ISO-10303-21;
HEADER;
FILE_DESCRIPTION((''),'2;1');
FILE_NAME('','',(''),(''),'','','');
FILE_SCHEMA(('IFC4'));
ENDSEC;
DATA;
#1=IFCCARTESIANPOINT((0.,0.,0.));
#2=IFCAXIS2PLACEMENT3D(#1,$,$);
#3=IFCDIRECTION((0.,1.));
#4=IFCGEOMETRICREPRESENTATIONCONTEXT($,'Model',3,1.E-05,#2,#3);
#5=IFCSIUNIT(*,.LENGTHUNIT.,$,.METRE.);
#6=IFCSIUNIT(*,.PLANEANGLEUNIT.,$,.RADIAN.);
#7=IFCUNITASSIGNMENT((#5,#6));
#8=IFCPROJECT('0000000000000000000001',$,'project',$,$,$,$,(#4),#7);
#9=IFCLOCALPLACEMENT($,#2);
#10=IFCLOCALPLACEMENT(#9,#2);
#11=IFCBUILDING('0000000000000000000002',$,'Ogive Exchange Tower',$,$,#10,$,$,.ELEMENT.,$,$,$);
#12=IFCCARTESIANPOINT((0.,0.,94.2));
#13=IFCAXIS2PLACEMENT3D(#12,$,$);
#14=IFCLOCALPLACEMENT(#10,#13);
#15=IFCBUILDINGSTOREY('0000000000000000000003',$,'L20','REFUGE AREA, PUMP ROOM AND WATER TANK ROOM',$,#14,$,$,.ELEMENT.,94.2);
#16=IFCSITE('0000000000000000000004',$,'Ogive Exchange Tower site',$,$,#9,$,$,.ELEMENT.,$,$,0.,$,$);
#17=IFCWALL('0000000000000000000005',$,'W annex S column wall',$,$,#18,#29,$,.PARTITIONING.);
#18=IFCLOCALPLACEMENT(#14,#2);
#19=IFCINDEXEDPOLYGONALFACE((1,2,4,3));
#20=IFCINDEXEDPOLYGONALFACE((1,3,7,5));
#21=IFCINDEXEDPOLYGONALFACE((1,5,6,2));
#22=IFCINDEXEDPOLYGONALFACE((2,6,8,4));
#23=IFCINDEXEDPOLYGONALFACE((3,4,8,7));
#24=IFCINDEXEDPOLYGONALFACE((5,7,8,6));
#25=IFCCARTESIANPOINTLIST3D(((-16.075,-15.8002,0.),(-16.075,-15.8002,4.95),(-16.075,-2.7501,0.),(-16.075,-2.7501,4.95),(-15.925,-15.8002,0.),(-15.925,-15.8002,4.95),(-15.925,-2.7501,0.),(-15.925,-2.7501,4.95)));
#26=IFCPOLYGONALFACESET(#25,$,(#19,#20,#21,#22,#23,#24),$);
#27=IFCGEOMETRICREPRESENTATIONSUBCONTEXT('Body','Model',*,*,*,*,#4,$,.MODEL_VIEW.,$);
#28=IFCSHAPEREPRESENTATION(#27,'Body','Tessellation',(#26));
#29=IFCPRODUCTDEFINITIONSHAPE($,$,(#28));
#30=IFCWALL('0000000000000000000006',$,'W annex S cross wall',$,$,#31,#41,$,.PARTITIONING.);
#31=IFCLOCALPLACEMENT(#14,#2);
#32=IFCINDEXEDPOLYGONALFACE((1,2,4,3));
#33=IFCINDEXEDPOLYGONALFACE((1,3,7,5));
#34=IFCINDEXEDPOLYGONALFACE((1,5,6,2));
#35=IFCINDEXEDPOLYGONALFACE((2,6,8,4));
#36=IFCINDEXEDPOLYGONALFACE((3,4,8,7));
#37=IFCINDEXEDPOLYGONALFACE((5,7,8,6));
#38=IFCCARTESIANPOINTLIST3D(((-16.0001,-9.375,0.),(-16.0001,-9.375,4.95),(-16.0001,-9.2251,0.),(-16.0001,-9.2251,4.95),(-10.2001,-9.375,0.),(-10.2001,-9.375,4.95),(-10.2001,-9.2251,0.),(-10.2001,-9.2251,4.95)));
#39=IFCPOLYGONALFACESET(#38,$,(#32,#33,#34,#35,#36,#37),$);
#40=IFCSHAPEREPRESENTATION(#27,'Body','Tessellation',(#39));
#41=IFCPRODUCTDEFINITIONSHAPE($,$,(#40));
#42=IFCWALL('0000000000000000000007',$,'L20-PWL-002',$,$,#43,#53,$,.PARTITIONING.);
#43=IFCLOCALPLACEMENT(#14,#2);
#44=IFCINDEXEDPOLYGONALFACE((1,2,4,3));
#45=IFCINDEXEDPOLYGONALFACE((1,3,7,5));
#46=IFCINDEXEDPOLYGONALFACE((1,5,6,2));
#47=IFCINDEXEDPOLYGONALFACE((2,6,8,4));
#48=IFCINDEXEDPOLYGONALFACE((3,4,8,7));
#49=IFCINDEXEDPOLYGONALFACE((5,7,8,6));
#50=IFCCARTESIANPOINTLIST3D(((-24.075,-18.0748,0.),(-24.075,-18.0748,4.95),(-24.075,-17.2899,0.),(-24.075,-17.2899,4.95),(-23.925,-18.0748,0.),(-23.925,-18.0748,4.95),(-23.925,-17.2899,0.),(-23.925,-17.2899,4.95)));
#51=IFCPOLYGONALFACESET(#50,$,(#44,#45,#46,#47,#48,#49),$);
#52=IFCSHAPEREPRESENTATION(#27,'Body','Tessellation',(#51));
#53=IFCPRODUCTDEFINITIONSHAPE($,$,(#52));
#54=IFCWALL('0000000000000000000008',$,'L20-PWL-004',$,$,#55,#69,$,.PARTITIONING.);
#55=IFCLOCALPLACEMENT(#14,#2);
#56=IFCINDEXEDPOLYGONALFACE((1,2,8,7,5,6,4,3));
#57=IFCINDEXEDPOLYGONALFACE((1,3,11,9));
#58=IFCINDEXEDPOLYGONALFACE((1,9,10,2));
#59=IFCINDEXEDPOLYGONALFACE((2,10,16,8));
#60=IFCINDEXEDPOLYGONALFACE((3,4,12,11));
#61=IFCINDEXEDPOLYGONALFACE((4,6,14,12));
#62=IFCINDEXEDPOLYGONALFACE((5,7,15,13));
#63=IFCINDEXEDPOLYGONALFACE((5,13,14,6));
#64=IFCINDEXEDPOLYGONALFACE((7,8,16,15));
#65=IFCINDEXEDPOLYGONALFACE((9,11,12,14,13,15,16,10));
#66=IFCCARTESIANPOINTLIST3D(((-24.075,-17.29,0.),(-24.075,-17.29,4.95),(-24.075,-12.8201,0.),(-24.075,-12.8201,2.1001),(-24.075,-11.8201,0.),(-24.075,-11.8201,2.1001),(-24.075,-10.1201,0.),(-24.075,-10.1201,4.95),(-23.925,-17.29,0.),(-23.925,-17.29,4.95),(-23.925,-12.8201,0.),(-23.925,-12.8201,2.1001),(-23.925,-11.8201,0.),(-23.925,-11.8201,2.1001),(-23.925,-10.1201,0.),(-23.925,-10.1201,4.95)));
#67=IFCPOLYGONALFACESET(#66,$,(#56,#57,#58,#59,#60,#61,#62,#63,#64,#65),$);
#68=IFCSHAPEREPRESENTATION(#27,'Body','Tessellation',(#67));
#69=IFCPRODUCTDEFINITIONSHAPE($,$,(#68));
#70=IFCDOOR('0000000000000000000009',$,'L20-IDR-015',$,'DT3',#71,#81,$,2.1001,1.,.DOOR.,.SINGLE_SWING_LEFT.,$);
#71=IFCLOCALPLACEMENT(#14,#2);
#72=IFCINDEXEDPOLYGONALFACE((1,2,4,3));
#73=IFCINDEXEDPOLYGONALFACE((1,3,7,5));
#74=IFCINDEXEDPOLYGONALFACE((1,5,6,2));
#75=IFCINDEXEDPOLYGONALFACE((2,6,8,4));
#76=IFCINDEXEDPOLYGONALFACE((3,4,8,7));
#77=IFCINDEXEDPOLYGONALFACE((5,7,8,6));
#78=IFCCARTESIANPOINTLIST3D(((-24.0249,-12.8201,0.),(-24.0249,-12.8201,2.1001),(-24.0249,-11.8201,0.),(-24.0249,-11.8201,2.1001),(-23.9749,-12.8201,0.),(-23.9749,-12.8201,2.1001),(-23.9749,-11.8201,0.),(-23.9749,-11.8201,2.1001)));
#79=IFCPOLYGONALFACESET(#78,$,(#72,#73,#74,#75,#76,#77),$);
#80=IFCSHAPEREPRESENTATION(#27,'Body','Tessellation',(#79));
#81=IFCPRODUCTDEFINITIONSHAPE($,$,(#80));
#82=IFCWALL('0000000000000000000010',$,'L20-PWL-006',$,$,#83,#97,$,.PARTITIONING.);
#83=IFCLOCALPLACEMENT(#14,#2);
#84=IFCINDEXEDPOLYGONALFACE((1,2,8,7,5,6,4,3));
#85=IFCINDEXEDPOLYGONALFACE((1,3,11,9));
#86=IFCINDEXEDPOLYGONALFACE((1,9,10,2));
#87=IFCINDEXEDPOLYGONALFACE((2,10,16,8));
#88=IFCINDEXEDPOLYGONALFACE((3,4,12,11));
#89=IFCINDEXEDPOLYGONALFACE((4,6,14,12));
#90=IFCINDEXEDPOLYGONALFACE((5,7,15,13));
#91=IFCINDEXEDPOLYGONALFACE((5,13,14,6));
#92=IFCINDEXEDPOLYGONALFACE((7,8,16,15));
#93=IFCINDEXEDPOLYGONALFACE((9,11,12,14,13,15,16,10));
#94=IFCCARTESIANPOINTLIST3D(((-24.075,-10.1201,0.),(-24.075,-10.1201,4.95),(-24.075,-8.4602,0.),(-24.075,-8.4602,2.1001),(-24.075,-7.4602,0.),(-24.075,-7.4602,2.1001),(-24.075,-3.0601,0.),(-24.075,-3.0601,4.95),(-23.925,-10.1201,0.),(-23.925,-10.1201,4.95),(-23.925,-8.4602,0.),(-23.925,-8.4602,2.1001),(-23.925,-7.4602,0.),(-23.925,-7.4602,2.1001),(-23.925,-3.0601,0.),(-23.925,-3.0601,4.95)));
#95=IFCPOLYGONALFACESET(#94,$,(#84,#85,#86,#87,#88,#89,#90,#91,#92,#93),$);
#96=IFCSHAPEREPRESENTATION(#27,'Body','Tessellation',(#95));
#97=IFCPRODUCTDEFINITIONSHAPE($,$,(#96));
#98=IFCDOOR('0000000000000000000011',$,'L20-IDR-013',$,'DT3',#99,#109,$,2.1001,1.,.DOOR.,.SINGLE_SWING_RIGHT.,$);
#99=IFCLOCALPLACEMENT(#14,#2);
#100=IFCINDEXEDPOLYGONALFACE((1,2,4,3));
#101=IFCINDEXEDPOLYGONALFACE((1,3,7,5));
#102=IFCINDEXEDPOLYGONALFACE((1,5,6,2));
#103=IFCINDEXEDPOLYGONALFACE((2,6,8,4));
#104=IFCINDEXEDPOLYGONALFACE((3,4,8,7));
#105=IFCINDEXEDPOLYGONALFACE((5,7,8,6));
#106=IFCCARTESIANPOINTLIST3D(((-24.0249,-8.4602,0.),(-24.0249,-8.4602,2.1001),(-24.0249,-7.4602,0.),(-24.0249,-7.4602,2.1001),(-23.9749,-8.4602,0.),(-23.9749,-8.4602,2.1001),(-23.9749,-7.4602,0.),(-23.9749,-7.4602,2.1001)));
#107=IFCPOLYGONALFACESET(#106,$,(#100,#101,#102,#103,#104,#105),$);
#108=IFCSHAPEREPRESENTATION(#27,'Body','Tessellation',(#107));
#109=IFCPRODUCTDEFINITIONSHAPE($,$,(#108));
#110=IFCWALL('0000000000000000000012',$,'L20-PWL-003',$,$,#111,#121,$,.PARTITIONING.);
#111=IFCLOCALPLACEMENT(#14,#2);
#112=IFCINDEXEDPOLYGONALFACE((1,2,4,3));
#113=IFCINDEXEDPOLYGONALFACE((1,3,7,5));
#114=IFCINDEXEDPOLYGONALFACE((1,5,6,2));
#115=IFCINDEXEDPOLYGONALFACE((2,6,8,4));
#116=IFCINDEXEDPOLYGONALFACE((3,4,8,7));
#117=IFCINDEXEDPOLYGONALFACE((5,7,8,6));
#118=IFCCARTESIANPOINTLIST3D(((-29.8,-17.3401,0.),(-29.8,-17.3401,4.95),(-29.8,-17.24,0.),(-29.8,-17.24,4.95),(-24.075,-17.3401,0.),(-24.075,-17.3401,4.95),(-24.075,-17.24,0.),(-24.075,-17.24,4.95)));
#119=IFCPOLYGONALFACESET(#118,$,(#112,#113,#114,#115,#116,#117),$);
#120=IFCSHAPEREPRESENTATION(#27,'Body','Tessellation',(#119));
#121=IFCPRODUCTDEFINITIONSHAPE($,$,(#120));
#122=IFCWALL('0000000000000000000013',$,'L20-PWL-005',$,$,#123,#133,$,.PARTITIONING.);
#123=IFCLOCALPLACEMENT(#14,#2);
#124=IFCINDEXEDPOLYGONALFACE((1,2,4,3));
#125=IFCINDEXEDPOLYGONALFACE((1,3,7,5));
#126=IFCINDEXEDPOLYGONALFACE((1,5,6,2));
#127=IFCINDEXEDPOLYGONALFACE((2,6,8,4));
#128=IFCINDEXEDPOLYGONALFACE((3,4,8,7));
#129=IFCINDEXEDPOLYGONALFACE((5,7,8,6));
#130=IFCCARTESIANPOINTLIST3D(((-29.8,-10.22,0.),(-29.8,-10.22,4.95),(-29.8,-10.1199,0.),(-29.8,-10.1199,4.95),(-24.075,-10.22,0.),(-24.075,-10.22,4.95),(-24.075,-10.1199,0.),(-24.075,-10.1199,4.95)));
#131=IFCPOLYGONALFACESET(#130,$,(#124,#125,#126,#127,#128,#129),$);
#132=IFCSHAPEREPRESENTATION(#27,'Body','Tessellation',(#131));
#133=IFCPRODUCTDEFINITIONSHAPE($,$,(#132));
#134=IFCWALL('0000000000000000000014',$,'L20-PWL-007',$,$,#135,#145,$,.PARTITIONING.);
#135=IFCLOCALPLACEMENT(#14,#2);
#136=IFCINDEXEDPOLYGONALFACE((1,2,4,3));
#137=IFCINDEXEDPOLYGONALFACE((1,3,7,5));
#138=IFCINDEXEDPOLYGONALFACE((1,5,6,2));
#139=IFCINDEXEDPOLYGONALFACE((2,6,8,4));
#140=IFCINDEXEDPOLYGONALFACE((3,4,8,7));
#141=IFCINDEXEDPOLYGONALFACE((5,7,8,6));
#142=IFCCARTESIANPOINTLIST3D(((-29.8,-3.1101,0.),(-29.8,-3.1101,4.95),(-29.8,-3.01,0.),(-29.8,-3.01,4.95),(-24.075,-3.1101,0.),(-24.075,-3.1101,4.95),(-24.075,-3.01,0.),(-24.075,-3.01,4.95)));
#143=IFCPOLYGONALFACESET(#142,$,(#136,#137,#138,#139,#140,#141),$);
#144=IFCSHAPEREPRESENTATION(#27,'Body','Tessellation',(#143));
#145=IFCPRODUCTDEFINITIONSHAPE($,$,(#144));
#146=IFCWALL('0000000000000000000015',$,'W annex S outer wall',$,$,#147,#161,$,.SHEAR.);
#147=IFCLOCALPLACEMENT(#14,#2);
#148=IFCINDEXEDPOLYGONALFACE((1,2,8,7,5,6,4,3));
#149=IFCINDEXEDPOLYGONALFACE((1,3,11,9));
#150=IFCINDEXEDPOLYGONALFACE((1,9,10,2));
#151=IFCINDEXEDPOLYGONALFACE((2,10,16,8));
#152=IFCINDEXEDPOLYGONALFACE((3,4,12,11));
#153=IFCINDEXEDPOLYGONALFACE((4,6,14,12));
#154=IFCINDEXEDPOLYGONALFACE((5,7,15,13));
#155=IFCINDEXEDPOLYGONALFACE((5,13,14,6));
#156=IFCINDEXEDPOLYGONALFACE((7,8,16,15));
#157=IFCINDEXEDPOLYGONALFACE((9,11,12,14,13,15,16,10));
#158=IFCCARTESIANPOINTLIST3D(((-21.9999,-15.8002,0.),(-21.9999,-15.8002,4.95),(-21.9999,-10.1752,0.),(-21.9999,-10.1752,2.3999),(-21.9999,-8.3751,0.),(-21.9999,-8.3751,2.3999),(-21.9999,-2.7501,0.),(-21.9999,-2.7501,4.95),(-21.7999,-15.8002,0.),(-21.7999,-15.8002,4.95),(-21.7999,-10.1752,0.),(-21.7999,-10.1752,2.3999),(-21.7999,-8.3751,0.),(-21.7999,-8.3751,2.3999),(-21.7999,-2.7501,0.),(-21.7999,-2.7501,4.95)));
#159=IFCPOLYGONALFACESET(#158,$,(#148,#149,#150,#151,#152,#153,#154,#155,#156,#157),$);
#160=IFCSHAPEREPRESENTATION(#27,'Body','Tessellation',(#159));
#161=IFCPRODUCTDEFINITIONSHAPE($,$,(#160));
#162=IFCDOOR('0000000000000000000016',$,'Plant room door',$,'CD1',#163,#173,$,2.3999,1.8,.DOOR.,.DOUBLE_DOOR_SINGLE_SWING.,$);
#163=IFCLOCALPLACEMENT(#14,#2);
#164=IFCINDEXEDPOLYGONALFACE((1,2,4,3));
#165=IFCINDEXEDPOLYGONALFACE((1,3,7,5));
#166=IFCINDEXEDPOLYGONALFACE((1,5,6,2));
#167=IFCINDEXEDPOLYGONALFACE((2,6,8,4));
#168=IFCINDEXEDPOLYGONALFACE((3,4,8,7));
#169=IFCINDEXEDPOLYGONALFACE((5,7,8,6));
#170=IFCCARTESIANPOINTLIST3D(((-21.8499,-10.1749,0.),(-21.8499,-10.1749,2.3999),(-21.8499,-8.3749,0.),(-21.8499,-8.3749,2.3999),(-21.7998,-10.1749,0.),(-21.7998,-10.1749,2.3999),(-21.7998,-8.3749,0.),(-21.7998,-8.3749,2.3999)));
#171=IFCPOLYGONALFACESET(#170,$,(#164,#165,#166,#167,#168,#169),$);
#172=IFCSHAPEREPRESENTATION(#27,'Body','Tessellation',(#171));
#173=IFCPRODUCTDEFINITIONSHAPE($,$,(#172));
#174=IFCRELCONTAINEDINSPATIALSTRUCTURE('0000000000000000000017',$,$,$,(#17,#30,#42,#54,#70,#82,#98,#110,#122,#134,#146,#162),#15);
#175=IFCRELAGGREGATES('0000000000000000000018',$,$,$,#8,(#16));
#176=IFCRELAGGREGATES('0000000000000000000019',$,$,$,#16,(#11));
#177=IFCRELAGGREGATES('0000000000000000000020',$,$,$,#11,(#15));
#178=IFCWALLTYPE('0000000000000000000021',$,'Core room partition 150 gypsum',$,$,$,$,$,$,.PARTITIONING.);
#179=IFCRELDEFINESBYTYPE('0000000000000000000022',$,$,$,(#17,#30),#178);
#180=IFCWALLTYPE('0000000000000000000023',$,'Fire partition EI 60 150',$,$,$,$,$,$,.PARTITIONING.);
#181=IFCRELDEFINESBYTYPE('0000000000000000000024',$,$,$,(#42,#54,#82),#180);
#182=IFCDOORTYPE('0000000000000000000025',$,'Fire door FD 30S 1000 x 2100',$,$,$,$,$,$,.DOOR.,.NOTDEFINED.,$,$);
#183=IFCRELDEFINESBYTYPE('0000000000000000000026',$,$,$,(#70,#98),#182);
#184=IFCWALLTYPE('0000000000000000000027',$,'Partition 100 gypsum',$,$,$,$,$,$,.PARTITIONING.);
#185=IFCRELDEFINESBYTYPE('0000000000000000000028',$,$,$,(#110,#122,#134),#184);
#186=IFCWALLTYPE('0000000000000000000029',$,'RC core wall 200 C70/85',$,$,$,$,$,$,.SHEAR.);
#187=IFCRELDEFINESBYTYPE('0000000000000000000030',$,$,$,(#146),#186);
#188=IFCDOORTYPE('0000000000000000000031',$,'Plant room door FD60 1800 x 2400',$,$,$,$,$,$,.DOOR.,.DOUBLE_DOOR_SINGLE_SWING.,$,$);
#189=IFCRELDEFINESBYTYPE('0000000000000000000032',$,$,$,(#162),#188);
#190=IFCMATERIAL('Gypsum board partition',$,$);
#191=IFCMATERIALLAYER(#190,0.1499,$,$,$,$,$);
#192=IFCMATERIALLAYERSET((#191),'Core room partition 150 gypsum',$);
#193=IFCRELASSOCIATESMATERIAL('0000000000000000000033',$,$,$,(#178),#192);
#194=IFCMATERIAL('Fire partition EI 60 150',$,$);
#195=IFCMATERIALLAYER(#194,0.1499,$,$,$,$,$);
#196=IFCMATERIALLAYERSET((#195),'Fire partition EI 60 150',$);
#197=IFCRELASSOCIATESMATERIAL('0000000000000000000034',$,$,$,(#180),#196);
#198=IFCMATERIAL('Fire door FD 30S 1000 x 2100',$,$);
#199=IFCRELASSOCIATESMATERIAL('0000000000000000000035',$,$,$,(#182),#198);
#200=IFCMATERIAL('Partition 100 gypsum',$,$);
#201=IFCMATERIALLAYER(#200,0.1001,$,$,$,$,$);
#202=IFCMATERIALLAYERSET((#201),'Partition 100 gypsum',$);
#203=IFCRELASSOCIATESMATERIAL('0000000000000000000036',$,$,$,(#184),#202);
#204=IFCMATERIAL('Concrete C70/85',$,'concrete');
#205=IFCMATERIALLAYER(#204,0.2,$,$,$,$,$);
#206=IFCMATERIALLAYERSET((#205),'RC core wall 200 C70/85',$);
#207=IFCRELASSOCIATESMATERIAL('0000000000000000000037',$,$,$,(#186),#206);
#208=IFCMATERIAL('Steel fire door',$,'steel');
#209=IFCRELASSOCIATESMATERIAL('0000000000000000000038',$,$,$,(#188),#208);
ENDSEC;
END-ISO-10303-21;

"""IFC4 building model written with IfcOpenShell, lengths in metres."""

from ifc_helpers import new_model, si_unit, direction, frame, frame_2d, origin, place, context, subcontext, project, spatial, rectangle, extrude, material, layer, layer_set, type_object, element, fill, save


model = new_model("IFC4")

# Units and contexts
model_context = context("Model", 3, precision=1e-05, world=origin(), true_north=direction((0.0, 1.0)))
body_context = subcontext(model_context, "Body", "Model", "MODEL_VIEW")
ifc_project = project(units=[si_unit("LENGTHUNIT", "METRE"), si_unit("PLANEANGLEUNIT", "RADIAN")], contexts=[model_context])

# Site, building, storey
site_placement = place(None, origin())
site = spatial("IfcSite", under=ifc_project, at=site_placement, Name="Ogive Exchange Tower site", CompositionType="ELEMENT", RefElevation=0.0)
building_placement = place(site_placement, origin())
building = spatial("IfcBuilding", under=site, at=building_placement, Name="Ogive Exchange Tower", CompositionType="ELEMENT")
storey_placement = place(building_placement, frame((0.0, 0.0, 94.2)))
storey = spatial("IfcBuildingStorey", under=building, at=storey_placement, Name="L20", Description="REFUGE AREA, PUMP ROOM AND WATER TANK ROOM", CompositionType="ELEMENT", Elevation=94.2)

# Walls
ifc_material_1 = material(Name="Gypsum board partition")
ifc_layer_1 = layer(ifc_material_1, 0.1499)
ifc_layer_set_1 = layer_set([ifc_layer_1], Name="Core room partition 150 gypsum")
wall_type_1 = type_object("IfcWallType", Name="Core room partition 150 gypsum", PredefinedType="PARTITIONING", material=ifc_layer_set_1)
wall_1_placement = place(storey_placement, frame((-16.0, -15.8, 0.0), z_axis=(0.0, 0.0, 1.0), x_axis=(0.0, 1.0, 0.0)))
element("IfcWall", 1, at=wall_1_placement, inside=storey, type_object=wall_type_1, Name="W annex S column wall", PredefinedType="PARTITIONING", context=body_context, shape_type="SweptSolid", body=[
    extrude(rectangle(XDim=13.05, YDim=0.1499, at=frame_2d((6.5249, 0.0))), origin(), (0.0, 0.0, 1.0), 4.95),
])
wall_2_placement = place(storey_placement, frame((-16.0, -9.3, 0.0), z_axis=(0.0, 0.0, 1.0), x_axis=(1.0, 0.0, 0.0)))
element("IfcWall", 2, at=wall_2_placement, inside=storey, type_object=wall_type_1, Name="W annex S cross wall", PredefinedType="PARTITIONING", context=body_context, shape_type="SweptSolid", body=[
    extrude(rectangle(XDim=5.8, YDim=0.1499, at=frame_2d((2.8999, 0.0))), origin(), (0.0, 0.0, 1.0), 4.95),
])
ifc_material_2 = material(Name="Fire partition EI 60 150")
ifc_layer_2 = layer(ifc_material_2, 0.1499)
ifc_layer_set_2 = layer_set([ifc_layer_2], Name="Fire partition EI 60 150")
wall_type_2 = type_object("IfcWallType", Name="Fire partition EI 60 150", PredefinedType="PARTITIONING", material=ifc_layer_set_2)
wall_3_placement = place(storey_placement, frame((-24.0, -18.075, 0.0), z_axis=(0.0, 0.0, 1.0), x_axis=(0.0, 1.0, 0.0)))
element("IfcWall", 3, at=wall_3_placement, inside=storey, type_object=wall_type_2, Name="L20-PWL-002", PredefinedType="PARTITIONING", context=body_context, shape_type="SweptSolid", body=[
    extrude(rectangle(XDim=0.7849, YDim=0.1499, at=frame_2d((0.3926, 0.0))), origin(), (0.0, 0.0, 1.0), 4.95),
])

# Walls, openings, doors
wall_4_placement = place(storey_placement, frame((-24.0, -17.29, 0.0), z_axis=(0.0, 0.0, 1.0), x_axis=(0.0, 1.0, 0.0)))
wall_4 = element("IfcWall", 4, at=wall_4_placement, inside=storey, type_object=wall_type_2, Name="L20-PWL-004", PredefinedType="PARTITIONING", context=body_context, shape_type="SweptSolid", body=[
    extrude(rectangle(XDim=7.1699, YDim=0.1499, at=frame_2d((3.585, 0.0))), origin(), (0.0, 0.0, 1.0), 4.95),
])
opening_1_placement = place(wall_4_placement, frame((4.47, 0.0, 0.0)))
opening_1 = element("IfcOpeningElement", 5, at=opening_1_placement, cuts=wall_4, PredefinedType="OPENING", context=body_context, shape_type="SweptSolid", body=[
    extrude(rectangle(XDim=1.0, YDim=2.1001, at=frame_2d((0.5, 1.05))), frame((0.0, 0.085, 0.0), z_axis=(0.0, -1.0, 0.0), x_axis=(1.0, 0.0, 0.0)), (0.0, 0.0, 1.0), 0.1699),
])
ifc_material_3 = material(Name="Fire door FD 30S 1000 x 2100")
door_type_1 = type_object("IfcDoorType", Name="Fire door FD 30S 1000 x 2100", OperationType="NOTDEFINED", PredefinedType="DOOR", material=ifc_material_3)
door_1_placement = place(opening_1_placement, origin())
door_1 = element("IfcDoor", 6, at=door_1_placement, inside=storey, type_object=door_type_1, Name="L20-IDR-015", ObjectType="DT3", OperationType="SINGLE_SWING_LEFT", OverallHeight=2.1001, OverallWidth=1.0, PredefinedType="DOOR", context=body_context, shape_type="SweptSolid", body=[
    extrude(rectangle(XDim=1.0, YDim=2.1001, at=frame_2d((0.5, 1.05))), frame((0.0, 0.0249, 0.0), z_axis=(0.0, -1.0, 0.0), x_axis=(1.0, 0.0, 0.0)), (0.0, 0.0, 1.0), 0.05),
])
fill(opening_1, door_1)
wall_5_placement = place(storey_placement, frame((-24.0, -10.1201, 0.0), z_axis=(0.0, 0.0, 1.0), x_axis=(0.0, 1.0, 0.0)))
wall_5 = element("IfcWall", 7, at=wall_5_placement, inside=storey, type_object=wall_type_2, Name="L20-PWL-006", PredefinedType="PARTITIONING", context=body_context, shape_type="SweptSolid", body=[
    extrude(rectangle(XDim=7.0601, YDim=0.1499, at=frame_2d((3.53, 0.0))), origin(), (0.0, 0.0, 1.0), 4.95),
])
opening_2_placement = place(wall_5_placement, frame((1.6599, 0.0, 0.0)))
opening_2 = element("IfcOpeningElement", 8, at=opening_2_placement, cuts=wall_5, PredefinedType="OPENING", context=body_context, shape_type="SweptSolid", body=[
    extrude(rectangle(XDim=1.0, YDim=2.1001, at=frame_2d((0.5, 1.05))), frame((0.0, 0.085, 0.0), z_axis=(0.0, -1.0, 0.0), x_axis=(1.0, 0.0, 0.0)), (0.0, 0.0, 1.0), 0.1699),
])
door_2_placement = place(opening_2_placement, origin())
door_2 = element("IfcDoor", 9, at=door_2_placement, inside=storey, type_object=door_type_1, Name="L20-IDR-013", ObjectType="DT3", OperationType="SINGLE_SWING_RIGHT", OverallHeight=2.1001, OverallWidth=1.0, PredefinedType="DOOR", context=body_context, shape_type="SweptSolid", body=[
    extrude(rectangle(XDim=1.0, YDim=2.1001, at=frame_2d((0.5, 1.05))), frame((0.0, 0.0249, 0.0), z_axis=(0.0, -1.0, 0.0), x_axis=(1.0, 0.0, 0.0)), (0.0, 0.0, 1.0), 0.05),
])
fill(opening_2, door_2)

# Walls
ifc_material_4 = material(Name="Partition 100 gypsum")
ifc_layer_3 = layer(ifc_material_4, 0.1001)
ifc_layer_set_3 = layer_set([ifc_layer_3], Name="Partition 100 gypsum")
wall_type_3 = type_object("IfcWallType", Name="Partition 100 gypsum", PredefinedType="PARTITIONING", material=ifc_layer_set_3)
for number, where, z_axis, x_axis, name in (
    (10, (-24.075, -17.29, 0.0), (0.0, 0.0, 1.0), (-1.0, 0.0, 0.0), "L20-PWL-003"),
    (11, (-24.075, -10.1699, 0.0), (0.0, 0.0, 1.0), (-1.0, 0.0, 0.0), "L20-PWL-005"),
    (12, (-24.075, -3.0601, 0.0), (0.0, 0.0, 1.0), (-1.0, 0.0, 0.0), "L20-PWL-007"),
):
    element("IfcWall", number, at=place(storey_placement, frame(where, z_axis=z_axis, x_axis=x_axis)), inside=storey, type_object=wall_type_3, Name=name, PredefinedType="PARTITIONING", context=body_context, shape_type="SweptSolid", body=[
        extrude(rectangle(XDim=5.7251, YDim=0.1001, at=frame_2d((2.8625, 0.0))), origin(), (0.0, 0.0, 1.0), 4.95),
    ])

# Wall, opening, door
ifc_material_5 = material(Name="Concrete C70/85", Category="concrete")
ifc_layer_4 = layer(ifc_material_5, 0.2)
ifc_layer_set_4 = layer_set([ifc_layer_4], Name="RC core wall 200 C70/85")
wall_type_4 = type_object("IfcWallType", Name="RC core wall 200 C70/85", PredefinedType="SHEAR", material=ifc_layer_set_4)
wall_6_placement = place(storey_placement, frame((-21.8999, -15.8, 0.0), z_axis=(0.0, 0.0, 1.0), x_axis=(0.0, 1.0, 0.0)))
wall_6 = element("IfcWall", 13, at=wall_6_placement, inside=storey, type_object=wall_type_4, Name="W annex S outer wall", PredefinedType="SHEAR", context=body_context, shape_type="SweptSolid", body=[
    extrude(rectangle(XDim=13.05, YDim=0.2, at=frame_2d((6.5249, 0.0))), origin(), (0.0, 0.0, 1.0), 4.95),
])
opening_3_placement = place(wall_6_placement, frame((5.625, 0.0, 0.0)))
opening_3 = element("IfcOpeningElement", 14, at=opening_3_placement, cuts=wall_6, PredefinedType="OPENING", context=body_context, shape_type="SweptSolid", body=[
    extrude(rectangle(XDim=1.8, YDim=2.3999, at=frame_2d((0.8999, 1.2))), frame((0.0, 0.1099, 0.0), z_axis=(0.0, -1.0, 0.0), x_axis=(1.0, 0.0, 0.0)), (0.0, 0.0, 1.0), 0.22),
])
ifc_material_6 = material(Name="Steel fire door", Category="steel")
door_type_2 = type_object("IfcDoorType", Name="Plant room door FD60 1800 x 2400", OperationType="DOUBLE_DOOR_SINGLE_SWING", PredefinedType="DOOR", material=ifc_material_6)
door_3_placement = place(opening_3_placement, frame((1.8, -0.1499, 0.0), z_axis=(0.0, 0.0, 1.0), x_axis=(-1.0, 0.0, 0.0)))
door_3 = element("IfcDoor", 15, at=door_3_placement, inside=storey, type_object=door_type_2, Name="Plant room door", ObjectType="CD1", OperationType="DOUBLE_DOOR_SINGLE_SWING", OverallHeight=2.3999, OverallWidth=1.8, PredefinedType="DOOR", context=body_context, shape_type="SweptSolid", body=[
    extrude(rectangle(XDim=1.8, YDim=2.3999, at=frame_2d((0.8999, 1.2))), frame((0.0, -0.0498, 0.0), z_axis=(0.0, -1.0, 0.0), x_axis=(1.0, 0.0, 0.0)), (0.0, 0.0, 1.0), 0.05),
])
fill(opening_3, door_3)

save(model, "model.ifc")
